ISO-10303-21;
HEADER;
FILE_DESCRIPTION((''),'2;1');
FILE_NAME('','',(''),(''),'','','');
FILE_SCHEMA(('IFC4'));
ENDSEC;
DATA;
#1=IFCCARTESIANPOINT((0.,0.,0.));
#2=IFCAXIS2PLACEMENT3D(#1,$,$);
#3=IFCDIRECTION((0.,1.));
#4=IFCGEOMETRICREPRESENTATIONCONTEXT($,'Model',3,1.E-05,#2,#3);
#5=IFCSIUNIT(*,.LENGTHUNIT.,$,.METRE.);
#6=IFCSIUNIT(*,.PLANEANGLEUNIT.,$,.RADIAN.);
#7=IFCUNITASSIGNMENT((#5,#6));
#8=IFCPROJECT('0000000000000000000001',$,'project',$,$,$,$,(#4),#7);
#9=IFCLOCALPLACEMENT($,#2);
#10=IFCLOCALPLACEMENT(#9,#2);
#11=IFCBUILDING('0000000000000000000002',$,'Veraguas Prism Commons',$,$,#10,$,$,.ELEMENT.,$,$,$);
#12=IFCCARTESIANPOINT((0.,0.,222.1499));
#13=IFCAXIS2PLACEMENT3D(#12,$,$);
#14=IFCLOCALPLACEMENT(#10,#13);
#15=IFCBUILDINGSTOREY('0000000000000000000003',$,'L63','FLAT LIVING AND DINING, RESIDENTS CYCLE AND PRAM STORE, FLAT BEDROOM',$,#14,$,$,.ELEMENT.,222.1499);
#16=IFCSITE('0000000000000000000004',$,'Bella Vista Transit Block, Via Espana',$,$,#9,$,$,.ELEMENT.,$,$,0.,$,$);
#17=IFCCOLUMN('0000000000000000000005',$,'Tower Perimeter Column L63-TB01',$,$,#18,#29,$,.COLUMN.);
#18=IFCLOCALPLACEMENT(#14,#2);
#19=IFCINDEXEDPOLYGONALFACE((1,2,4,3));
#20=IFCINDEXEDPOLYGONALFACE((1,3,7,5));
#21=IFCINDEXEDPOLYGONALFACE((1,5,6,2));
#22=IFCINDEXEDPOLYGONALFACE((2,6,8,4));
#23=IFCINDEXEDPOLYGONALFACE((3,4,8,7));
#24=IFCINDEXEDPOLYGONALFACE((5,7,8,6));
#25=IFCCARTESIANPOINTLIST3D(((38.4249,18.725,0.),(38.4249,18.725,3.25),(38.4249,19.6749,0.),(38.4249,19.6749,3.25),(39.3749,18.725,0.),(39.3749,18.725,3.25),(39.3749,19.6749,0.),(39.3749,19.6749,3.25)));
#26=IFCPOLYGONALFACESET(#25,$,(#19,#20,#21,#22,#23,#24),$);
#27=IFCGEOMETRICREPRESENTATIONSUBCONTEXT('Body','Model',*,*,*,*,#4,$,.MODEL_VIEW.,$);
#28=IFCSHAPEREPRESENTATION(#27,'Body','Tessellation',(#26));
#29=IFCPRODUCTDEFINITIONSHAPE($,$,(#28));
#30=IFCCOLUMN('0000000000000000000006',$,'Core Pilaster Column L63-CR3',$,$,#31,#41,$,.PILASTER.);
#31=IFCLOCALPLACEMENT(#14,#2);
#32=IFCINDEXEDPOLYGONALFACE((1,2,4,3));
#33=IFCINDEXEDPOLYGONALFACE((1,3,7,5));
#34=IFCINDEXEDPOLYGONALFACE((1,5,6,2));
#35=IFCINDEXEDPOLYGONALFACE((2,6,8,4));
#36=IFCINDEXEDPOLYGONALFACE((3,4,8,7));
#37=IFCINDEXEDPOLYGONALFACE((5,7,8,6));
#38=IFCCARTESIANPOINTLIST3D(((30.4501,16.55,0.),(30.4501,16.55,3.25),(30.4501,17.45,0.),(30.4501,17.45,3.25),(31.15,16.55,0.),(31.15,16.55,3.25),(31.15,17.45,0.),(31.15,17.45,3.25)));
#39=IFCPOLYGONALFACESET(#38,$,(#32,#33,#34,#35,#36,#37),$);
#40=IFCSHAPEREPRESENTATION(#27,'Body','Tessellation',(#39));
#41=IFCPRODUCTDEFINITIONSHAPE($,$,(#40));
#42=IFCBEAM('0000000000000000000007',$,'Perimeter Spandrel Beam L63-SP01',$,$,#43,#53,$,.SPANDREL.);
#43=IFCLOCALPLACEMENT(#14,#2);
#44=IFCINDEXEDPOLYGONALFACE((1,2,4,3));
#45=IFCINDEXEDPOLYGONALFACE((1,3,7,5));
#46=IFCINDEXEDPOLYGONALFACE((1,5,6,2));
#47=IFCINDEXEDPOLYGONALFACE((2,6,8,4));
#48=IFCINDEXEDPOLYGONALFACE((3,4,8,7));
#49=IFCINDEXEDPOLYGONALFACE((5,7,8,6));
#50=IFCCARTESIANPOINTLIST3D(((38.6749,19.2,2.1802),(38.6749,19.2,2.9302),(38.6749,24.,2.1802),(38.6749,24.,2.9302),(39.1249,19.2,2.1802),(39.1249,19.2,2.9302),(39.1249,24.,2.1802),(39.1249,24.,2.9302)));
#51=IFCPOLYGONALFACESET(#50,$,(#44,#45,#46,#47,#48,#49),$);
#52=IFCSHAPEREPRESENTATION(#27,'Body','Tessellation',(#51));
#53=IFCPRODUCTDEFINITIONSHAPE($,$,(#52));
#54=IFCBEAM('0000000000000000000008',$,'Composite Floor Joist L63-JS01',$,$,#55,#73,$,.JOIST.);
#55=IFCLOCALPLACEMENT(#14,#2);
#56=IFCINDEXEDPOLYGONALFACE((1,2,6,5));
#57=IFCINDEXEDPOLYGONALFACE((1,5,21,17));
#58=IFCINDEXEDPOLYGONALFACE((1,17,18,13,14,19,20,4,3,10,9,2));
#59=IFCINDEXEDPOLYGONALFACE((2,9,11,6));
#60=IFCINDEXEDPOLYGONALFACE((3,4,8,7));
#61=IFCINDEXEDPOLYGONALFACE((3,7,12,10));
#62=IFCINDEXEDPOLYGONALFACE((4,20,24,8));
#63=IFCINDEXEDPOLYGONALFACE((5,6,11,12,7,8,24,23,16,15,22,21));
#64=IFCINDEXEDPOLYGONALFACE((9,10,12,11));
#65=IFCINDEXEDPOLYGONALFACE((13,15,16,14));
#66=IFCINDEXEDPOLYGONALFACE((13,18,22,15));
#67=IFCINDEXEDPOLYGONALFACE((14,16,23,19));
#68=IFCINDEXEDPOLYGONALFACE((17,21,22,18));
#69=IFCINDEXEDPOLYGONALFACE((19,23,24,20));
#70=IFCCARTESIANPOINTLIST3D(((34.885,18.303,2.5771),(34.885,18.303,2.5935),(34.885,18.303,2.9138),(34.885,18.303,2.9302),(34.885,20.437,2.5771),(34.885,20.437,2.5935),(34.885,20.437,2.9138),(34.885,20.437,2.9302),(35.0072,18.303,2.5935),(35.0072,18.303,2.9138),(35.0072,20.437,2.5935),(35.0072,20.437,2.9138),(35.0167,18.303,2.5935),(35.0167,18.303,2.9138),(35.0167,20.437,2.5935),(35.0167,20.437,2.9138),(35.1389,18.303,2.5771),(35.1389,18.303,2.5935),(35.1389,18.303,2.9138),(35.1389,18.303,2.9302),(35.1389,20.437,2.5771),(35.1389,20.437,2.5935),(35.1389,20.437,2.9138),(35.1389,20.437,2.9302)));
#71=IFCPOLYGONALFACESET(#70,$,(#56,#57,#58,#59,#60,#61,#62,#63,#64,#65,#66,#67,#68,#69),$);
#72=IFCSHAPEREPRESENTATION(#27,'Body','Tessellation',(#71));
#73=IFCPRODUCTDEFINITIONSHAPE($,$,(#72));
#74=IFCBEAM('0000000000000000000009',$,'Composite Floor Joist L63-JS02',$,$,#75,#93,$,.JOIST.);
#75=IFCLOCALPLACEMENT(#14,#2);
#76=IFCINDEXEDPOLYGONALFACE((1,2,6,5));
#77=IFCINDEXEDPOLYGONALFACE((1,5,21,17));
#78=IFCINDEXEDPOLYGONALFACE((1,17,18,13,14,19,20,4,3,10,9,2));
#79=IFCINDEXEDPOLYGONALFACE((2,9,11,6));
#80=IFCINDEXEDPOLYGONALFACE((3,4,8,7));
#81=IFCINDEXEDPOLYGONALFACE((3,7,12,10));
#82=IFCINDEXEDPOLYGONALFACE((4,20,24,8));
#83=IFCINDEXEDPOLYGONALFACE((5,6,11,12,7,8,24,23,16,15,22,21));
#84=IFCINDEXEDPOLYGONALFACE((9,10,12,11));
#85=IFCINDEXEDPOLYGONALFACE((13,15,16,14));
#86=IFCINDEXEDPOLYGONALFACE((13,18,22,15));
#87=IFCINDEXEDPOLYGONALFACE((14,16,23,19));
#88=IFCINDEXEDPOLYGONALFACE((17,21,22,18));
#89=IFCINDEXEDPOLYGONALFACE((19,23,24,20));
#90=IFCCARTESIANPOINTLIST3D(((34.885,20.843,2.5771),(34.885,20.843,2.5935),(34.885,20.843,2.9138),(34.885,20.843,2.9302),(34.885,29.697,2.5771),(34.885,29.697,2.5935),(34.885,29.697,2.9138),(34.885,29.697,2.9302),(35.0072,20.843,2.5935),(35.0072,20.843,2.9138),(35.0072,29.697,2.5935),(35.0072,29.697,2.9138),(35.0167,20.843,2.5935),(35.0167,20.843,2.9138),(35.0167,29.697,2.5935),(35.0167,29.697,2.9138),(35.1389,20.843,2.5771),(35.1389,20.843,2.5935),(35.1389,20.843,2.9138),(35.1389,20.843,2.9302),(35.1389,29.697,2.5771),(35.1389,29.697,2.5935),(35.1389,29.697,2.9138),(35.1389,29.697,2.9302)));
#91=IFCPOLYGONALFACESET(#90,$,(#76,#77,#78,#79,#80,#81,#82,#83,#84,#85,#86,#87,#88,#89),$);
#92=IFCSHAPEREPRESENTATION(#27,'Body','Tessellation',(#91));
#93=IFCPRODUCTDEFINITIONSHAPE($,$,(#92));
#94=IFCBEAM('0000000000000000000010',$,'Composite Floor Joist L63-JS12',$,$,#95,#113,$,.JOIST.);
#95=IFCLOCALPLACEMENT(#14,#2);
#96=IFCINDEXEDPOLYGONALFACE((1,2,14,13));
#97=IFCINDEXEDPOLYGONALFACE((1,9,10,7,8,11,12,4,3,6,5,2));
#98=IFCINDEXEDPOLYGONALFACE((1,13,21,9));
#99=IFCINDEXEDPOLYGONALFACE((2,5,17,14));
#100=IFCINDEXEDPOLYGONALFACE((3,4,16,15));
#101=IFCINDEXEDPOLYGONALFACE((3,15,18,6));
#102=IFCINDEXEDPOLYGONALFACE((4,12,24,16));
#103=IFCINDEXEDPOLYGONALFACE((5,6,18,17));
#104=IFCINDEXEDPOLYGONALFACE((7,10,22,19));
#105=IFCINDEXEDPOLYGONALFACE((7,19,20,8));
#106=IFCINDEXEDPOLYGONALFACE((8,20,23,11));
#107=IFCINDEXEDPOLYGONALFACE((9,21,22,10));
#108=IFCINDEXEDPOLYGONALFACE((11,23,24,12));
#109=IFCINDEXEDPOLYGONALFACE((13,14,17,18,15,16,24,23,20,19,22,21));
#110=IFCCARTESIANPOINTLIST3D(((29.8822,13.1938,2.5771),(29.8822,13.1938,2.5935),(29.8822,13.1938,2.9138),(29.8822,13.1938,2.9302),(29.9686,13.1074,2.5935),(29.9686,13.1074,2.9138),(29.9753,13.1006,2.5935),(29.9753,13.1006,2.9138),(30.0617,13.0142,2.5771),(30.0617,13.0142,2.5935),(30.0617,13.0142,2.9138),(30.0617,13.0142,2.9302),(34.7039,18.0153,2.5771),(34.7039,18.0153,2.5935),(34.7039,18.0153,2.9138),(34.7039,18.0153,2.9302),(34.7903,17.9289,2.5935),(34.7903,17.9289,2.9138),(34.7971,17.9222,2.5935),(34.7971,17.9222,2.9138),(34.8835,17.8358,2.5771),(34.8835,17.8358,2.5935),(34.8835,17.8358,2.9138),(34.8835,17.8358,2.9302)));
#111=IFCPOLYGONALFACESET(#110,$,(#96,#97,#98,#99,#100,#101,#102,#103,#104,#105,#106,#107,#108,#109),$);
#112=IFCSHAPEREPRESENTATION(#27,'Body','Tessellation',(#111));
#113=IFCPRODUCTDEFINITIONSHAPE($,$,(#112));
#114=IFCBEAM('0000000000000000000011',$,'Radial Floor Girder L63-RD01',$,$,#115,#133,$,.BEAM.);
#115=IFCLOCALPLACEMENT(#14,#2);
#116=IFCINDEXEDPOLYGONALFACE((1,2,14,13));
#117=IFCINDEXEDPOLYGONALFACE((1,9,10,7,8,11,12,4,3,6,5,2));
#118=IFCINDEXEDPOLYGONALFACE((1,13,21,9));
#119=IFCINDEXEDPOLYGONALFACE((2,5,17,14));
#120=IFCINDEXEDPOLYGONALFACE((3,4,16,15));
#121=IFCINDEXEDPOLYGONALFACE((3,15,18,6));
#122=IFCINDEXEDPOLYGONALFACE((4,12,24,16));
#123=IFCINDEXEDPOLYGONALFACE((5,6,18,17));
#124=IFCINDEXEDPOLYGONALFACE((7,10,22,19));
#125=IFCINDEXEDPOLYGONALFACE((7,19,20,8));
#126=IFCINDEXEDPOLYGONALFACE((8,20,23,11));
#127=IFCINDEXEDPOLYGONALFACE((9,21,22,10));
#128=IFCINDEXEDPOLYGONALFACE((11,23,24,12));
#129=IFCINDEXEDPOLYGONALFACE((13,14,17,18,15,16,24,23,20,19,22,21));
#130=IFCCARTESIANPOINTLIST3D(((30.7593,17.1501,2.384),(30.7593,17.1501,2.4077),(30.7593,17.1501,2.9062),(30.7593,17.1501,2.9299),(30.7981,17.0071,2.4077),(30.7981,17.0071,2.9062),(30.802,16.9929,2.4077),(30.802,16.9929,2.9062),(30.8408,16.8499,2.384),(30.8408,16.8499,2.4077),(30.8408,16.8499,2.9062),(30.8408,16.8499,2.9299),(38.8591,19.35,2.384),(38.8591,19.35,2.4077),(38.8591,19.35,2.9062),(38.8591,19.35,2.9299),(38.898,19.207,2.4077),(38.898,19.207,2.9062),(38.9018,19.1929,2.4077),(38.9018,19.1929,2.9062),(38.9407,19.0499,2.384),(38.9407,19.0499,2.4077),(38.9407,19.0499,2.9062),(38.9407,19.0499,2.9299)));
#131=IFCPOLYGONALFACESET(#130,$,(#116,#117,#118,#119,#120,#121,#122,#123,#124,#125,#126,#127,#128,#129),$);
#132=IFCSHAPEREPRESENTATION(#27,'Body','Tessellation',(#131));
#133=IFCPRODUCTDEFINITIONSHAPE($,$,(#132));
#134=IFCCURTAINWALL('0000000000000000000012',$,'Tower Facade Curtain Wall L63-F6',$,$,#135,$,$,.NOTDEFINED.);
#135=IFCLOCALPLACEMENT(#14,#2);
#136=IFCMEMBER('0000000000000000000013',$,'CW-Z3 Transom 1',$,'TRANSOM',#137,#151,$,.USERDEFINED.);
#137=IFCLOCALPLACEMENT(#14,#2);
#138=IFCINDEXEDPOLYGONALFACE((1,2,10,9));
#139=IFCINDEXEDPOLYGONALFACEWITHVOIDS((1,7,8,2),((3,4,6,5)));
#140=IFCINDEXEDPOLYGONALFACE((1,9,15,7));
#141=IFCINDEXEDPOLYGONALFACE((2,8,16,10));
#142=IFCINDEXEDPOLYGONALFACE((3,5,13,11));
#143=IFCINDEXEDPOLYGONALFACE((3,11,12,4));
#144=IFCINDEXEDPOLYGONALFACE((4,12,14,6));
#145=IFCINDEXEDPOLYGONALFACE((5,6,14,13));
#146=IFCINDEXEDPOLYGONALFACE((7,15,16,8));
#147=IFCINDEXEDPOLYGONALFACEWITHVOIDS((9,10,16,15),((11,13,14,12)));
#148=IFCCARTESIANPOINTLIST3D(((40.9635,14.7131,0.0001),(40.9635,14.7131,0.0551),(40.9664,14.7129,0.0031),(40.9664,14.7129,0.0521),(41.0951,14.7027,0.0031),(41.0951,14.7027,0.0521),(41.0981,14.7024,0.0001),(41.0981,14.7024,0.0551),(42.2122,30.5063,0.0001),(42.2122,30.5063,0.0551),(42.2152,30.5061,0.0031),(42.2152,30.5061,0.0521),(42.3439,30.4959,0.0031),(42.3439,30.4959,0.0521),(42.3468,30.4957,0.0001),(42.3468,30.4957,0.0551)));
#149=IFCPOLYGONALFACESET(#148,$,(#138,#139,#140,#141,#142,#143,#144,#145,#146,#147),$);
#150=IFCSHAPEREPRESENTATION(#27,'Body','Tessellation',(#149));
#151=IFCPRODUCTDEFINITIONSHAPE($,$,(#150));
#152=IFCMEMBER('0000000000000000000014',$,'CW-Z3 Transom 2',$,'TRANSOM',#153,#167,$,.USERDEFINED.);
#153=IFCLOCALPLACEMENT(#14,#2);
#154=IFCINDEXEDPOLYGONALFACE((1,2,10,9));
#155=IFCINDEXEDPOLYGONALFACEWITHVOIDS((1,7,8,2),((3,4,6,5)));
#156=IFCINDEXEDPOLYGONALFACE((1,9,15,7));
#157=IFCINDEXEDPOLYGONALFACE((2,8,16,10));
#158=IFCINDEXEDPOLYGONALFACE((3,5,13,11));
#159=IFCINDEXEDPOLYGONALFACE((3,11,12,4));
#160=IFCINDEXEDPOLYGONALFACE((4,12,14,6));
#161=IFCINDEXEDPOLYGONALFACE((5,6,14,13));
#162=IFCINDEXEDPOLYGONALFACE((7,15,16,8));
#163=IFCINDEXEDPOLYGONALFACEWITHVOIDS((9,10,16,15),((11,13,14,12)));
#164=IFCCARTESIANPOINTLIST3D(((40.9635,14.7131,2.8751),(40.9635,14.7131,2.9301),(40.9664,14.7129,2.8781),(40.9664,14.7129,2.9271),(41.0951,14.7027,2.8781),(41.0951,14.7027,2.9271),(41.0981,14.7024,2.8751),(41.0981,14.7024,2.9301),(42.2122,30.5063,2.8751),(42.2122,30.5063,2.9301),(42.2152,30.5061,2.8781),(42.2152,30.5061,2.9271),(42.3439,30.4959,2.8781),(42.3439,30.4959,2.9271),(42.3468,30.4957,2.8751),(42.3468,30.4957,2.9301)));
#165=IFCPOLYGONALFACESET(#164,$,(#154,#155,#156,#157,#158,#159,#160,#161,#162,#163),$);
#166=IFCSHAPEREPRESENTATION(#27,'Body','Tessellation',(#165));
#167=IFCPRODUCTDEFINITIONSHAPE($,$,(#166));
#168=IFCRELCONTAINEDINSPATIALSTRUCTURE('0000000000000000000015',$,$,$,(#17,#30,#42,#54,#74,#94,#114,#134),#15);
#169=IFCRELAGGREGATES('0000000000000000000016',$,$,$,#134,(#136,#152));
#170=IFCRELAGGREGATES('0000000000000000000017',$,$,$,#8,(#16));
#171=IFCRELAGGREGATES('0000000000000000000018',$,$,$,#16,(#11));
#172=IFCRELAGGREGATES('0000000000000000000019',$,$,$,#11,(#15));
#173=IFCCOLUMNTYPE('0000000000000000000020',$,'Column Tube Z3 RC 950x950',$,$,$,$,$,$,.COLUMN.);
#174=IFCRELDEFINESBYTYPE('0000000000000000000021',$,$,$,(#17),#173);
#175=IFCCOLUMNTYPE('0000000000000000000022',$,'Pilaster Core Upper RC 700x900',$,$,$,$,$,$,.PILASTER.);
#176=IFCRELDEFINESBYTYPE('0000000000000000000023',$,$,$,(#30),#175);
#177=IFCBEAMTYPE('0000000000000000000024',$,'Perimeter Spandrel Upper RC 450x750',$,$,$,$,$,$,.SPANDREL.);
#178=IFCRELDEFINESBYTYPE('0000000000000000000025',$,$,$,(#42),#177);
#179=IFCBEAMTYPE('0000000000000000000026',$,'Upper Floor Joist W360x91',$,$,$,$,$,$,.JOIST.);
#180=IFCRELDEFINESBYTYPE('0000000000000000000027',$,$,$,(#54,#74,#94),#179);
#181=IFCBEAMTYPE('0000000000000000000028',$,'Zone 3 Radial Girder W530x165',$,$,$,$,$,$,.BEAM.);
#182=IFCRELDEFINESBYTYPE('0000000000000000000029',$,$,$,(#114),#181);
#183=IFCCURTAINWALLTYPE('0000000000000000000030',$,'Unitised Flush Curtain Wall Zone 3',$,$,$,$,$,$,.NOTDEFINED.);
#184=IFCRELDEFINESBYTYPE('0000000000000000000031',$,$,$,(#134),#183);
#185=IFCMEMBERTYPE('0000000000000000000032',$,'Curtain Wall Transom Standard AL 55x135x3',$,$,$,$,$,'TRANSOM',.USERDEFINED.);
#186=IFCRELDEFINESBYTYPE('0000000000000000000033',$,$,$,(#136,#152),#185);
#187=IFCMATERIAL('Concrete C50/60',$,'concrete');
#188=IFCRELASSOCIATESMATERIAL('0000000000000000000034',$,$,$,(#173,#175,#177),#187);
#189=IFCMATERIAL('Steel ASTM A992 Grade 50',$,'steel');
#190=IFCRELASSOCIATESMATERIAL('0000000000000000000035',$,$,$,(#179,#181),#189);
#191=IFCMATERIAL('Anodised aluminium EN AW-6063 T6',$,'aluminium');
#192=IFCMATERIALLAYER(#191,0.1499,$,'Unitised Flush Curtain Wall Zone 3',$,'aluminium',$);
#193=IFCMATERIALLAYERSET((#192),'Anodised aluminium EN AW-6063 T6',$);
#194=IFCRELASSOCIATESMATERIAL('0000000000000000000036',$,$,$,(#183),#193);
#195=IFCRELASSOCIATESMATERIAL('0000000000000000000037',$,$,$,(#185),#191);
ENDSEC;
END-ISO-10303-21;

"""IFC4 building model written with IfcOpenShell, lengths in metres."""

from ifc_helpers import new_model, si_unit, direction, frame, origin, origin_2d, place, context, subcontext, project, spatial, rectangle, hollow_rectangle, i_section, extrude, source, transform, mapped, material, layer, layer_set, material_profile, profile_set, type_object, element, aggregate, save


model = new_model("IFC4")

# Units and contexts
model_context = context("Model", 3, precision=1e-05, world=origin(), true_north=direction((0.0, 1.0)))
body_context = subcontext(model_context, "Body", "Model", "MODEL_VIEW")
ifc_project = project(units=[si_unit("LENGTHUNIT", "METRE"), si_unit("PLANEANGLEUNIT", "RADIAN")], contexts=[model_context])

# Site, building, storey
site_placement = place(None, origin())
site = spatial("IfcSite", under=ifc_project, at=site_placement, Name="Bella Vista Transit Block, Via Espana", CompositionType="ELEMENT", RefElevation=0.0)
building_placement = place(site_placement, origin())
building = spatial("IfcBuilding", under=site, at=building_placement, Name="Veraguas Prism Commons", CompositionType="ELEMENT")
storey_placement = place(building_placement, frame((0.0, 0.0, 222.1499)))
storey = spatial("IfcBuildingStorey", under=building, at=storey_placement, Name="L63", Description="FLAT LIVING AND DINING, RESIDENTS CYCLE AND PRAM STORE, FLAT BEDROOM", CompositionType="ELEMENT", Elevation=222.1499)

# Columns
ifc_material_1 = material(Name="Concrete C50/60", Category="concrete")
ifc_material_profile_1 = material_profile(ifc_material_1, rectangle(XDim=0.95, YDim=0.95, at=origin_2d()), Name="RC950X950")
ifc_profile_set_1 = profile_set([ifc_material_profile_1], Name="Concrete C50/60")
column_type_1 = type_object("IfcColumnType", Name="Column Tube Z3 RC 950x950", PredefinedType="COLUMN", material=ifc_profile_set_1)
column_1_placement = place(storey_placement, frame((38.8999, 19.2, 0.0), z_axis=(0.0, 0.0, 1.0), x_axis=(1.0, 0.0, 0.0)))
element("IfcColumn", 1, at=column_1_placement, inside=storey, type_object=column_type_1, Name="Tower Perimeter Column L63-TB01", PredefinedType="COLUMN", context=body_context, shape_type="SweptSolid", body=[
    extrude(rectangle(XDim=0.95, YDim=0.95, at=origin_2d()), origin(), (0.0, 0.0, 1.0), 3.25),
])
ifc_material_profile_2 = material_profile(ifc_material_1, rectangle(XDim=0.7, YDim=0.8999, at=origin_2d()), Name="RC700X900")
ifc_profile_set_2 = profile_set([ifc_material_profile_2], Name="Concrete C50/60")
column_type_2 = type_object("IfcColumnType", Name="Pilaster Core Upper RC 700x900", PredefinedType="PILASTER", material=ifc_profile_set_2)
column_2_placement = place(storey_placement, frame((30.8, 17.0, 0.0), z_axis=(0.0, 0.0, 1.0), x_axis=(1.0, 0.0, 0.0)))
element("IfcColumn", 2, at=column_2_placement, inside=storey, type_object=column_type_2, Name="Core Pilaster Column L63-CR3", PredefinedType="PILASTER", context=body_context, shape_type="SweptSolid", body=[
    extrude(rectangle(XDim=0.7, YDim=0.8999, at=origin_2d()), origin(), (0.0, 0.0, 1.0), 3.25),
])

# Beams
ifc_material_profile_3 = material_profile(ifc_material_1, rectangle(XDim=0.45, YDim=0.75, at=origin_2d()), Name="RC450X750")
ifc_profile_set_3 = profile_set([ifc_material_profile_3], Name="Concrete C50/60")
beam_type_1 = type_object("IfcBeamType", Name="Perimeter Spandrel Upper RC 450x750", PredefinedType="SPANDREL", material=ifc_profile_set_3)
beam_1_placement = place(storey_placement, frame((38.8999, 19.2, 2.5552), z_axis=(0.0, 1.0, 0.0), x_axis=(-1.0, 0.0, 0.0)))
element("IfcBeam", 3, at=beam_1_placement, inside=storey, type_object=beam_type_1, Name="Perimeter Spandrel Beam L63-SP01", PredefinedType="SPANDREL", context=body_context, shape_type="SweptSolid", body=[
    extrude(rectangle(XDim=0.45, YDim=0.75, at=origin_2d()), origin(), (0.0, 0.0, 1.0), 4.8),
])
ifc_material_2 = material(Name="Steel ASTM A992 Grade 50", Category="steel")
ifc_material_profile_4 = material_profile(ifc_material_2, i_section(OverallWidth=0.2539, OverallDepth=0.353, WebThickness=0.0095, FlangeThickness=0.0164, at=origin_2d()), Name="W360X91")
ifc_profile_set_4 = profile_set([ifc_material_profile_4], Name="Steel ASTM A992 Grade 50")
beam_type_2 = type_object("IfcBeamType", Name="Upper Floor Joist W360x91", PredefinedType="JOIST", material=ifc_profile_set_4)
beam_2_placement = place(storey_placement, frame((35.012, 18.303, 2.7537), z_axis=(0.0, 1.0, 0.0), x_axis=(-1.0, 0.0, 0.0)))
element("IfcBeam", 4, at=beam_2_placement, inside=storey, type_object=beam_type_2, Name="Composite Floor Joist L63-JS01", PredefinedType="JOIST", context=body_context, shape_type="SweptSolid", body=[
    extrude(i_section(OverallWidth=0.2539, OverallDepth=0.353, WebThickness=0.0095, FlangeThickness=0.0164, at=origin_2d()), origin(), (0.0, 0.0, 1.0), 2.134),
])
beam_3_placement = place(storey_placement, frame((35.012, 20.843, 2.7537), z_axis=(0.0, 1.0, 0.0), x_axis=(-1.0, 0.0, 0.0)))
element("IfcBeam", 5, at=beam_3_placement, inside=storey, type_object=beam_type_2, Name="Composite Floor Joist L63-JS02", PredefinedType="JOIST", context=body_context, shape_type="SweptSolid", body=[
    extrude(i_section(OverallWidth=0.2539, OverallDepth=0.353, WebThickness=0.0095, FlangeThickness=0.0164, at=origin_2d()), origin(), (0.0, 0.0, 1.0), 8.854),
])
beam_4_placement = place(storey_placement, frame((29.9719, 13.104, 2.7537), z_axis=(0.707125, 0.707089, 0.0), x_axis=(-0.707089, 0.707125, 0.0)))
element("IfcBeam", 6, at=beam_4_placement, inside=storey, type_object=beam_type_2, Name="Composite Floor Joist L63-JS12", PredefinedType="JOIST", context=body_context, shape_type="SweptSolid", body=[
    extrude(i_section(OverallWidth=0.2539, OverallDepth=0.353, WebThickness=0.0095, FlangeThickness=0.0164, at=origin_2d()), origin(), (0.0, 0.0, 1.0), 6.8188),
])
ifc_material_profile_5 = material_profile(ifc_material_2, i_section(OverallWidth=0.311, OverallDepth=0.5459, WebThickness=0.0146, FlangeThickness=0.0237, at=origin_2d()), Name="W530X165")
ifc_profile_set_5 = profile_set([ifc_material_profile_5], Name="Steel ASTM A992 Grade 50")
beam_type_3 = type_object("IfcBeamType", Name="Zone 3 Radial Girder W530x165", PredefinedType="BEAM", material=ifc_profile_set_5)
beam_5_placement = place(storey_placement, frame((38.8999, 19.2, 2.657), z_axis=(-0.965039, -0.262108, 0.0), x_axis=(0.262108, -0.965039, 0.0)))
element("IfcBeam", 7, at=beam_5_placement, inside=storey, type_object=beam_type_3, Name="Radial Floor Girder L63-RD01", PredefinedType="BEAM", context=body_context, shape_type="SweptSolid", body=[
    extrude(i_section(OverallWidth=0.311, OverallDepth=0.5459, WebThickness=0.0146, FlangeThickness=0.0237, at=origin_2d()), origin(), (0.0, 0.0, 1.0), 8.3933),
])

# Curtain wall, members
ifc_material_3 = material(Name="Anodised aluminium EN AW-6063 T6", Category="aluminium")
ifc_layer_1 = layer(ifc_material_3, 0.1499, Name="Unitised Flush Curtain Wall Zone 3", Category="aluminium")
ifc_layer_set_1 = layer_set([ifc_layer_1], Name="Anodised aluminium EN AW-6063 T6")
curtain_wall_type = type_object("IfcCurtainWallType", Name="Unitised Flush Curtain Wall Zone 3", PredefinedType="NOTDEFINED", material=ifc_layer_set_1)
curtain_wall_1_placement = place(storey_placement, origin())
curtain_wall_1 = element("IfcCurtainWall", 8, at=curtain_wall_1_placement, inside=storey, type_object=curtain_wall_type, Name="Tower Facade Curtain Wall L63-F6", PredefinedType="NOTDEFINED")
ifc_material_profile_6 = material_profile(ifc_material_3, hollow_rectangle(XDim=0.0549, YDim=0.135, WallThickness=0.0029, at=origin_2d()), Name="AL55X135X3")
ifc_profile_set_6 = profile_set([ifc_material_profile_6], Name="Anodised aluminium EN AW-6063 T6")
member_type_1 = type_object("IfcMemberType", Name="Curtain Wall Transom Standard AL 55x135x3", ElementType="TRANSOM", PredefinedType="USERDEFINED", material=ifc_profile_set_6)
shared_shape_1 = source(origin(), body_context, "Body", "SweptSolid", [
    extrude(hollow_rectangle(XDim=0.0549, YDim=0.135, WallThickness=0.0029, at=origin_2d()), origin(), (0.0, 0.0, 1.0), 15.8425),
])
member_1_placement = place(storey_placement, frame((41.0308, 14.7078, 0.0276), z_axis=(0.078825, 0.996889, 0.0), x_axis=(0.0, 0.0, 1.0)))
member_1 = element("IfcMember", 9, at=member_1_placement, type_object=member_type_1, Name="CW-Z3 Transom 1", ObjectType="TRANSOM", PredefinedType="USERDEFINED", context=body_context, shape_type="MappedRepresentation", body=[
    mapped(shared_shape_1, transform((0.0, 0.0, 0.0), scale=1.0)),
])
member_2_placement = place(storey_placement, frame((41.0308, 14.7078, 2.9026), z_axis=(0.078825, 0.996889, 0.0), x_axis=(0.0, 0.0, 1.0)))
member_2 = element("IfcMember", 10, at=member_2_placement, type_object=member_type_1, Name="CW-Z3 Transom 2", ObjectType="TRANSOM", PredefinedType="USERDEFINED", context=body_context, shape_type="MappedRepresentation", body=[
    mapped(shared_shape_1, transform((0.0, 0.0, 0.0), scale=1.0)),
])

aggregate(curtain_wall_1, [member_1, member_2])

save(model, "model.ifc")
